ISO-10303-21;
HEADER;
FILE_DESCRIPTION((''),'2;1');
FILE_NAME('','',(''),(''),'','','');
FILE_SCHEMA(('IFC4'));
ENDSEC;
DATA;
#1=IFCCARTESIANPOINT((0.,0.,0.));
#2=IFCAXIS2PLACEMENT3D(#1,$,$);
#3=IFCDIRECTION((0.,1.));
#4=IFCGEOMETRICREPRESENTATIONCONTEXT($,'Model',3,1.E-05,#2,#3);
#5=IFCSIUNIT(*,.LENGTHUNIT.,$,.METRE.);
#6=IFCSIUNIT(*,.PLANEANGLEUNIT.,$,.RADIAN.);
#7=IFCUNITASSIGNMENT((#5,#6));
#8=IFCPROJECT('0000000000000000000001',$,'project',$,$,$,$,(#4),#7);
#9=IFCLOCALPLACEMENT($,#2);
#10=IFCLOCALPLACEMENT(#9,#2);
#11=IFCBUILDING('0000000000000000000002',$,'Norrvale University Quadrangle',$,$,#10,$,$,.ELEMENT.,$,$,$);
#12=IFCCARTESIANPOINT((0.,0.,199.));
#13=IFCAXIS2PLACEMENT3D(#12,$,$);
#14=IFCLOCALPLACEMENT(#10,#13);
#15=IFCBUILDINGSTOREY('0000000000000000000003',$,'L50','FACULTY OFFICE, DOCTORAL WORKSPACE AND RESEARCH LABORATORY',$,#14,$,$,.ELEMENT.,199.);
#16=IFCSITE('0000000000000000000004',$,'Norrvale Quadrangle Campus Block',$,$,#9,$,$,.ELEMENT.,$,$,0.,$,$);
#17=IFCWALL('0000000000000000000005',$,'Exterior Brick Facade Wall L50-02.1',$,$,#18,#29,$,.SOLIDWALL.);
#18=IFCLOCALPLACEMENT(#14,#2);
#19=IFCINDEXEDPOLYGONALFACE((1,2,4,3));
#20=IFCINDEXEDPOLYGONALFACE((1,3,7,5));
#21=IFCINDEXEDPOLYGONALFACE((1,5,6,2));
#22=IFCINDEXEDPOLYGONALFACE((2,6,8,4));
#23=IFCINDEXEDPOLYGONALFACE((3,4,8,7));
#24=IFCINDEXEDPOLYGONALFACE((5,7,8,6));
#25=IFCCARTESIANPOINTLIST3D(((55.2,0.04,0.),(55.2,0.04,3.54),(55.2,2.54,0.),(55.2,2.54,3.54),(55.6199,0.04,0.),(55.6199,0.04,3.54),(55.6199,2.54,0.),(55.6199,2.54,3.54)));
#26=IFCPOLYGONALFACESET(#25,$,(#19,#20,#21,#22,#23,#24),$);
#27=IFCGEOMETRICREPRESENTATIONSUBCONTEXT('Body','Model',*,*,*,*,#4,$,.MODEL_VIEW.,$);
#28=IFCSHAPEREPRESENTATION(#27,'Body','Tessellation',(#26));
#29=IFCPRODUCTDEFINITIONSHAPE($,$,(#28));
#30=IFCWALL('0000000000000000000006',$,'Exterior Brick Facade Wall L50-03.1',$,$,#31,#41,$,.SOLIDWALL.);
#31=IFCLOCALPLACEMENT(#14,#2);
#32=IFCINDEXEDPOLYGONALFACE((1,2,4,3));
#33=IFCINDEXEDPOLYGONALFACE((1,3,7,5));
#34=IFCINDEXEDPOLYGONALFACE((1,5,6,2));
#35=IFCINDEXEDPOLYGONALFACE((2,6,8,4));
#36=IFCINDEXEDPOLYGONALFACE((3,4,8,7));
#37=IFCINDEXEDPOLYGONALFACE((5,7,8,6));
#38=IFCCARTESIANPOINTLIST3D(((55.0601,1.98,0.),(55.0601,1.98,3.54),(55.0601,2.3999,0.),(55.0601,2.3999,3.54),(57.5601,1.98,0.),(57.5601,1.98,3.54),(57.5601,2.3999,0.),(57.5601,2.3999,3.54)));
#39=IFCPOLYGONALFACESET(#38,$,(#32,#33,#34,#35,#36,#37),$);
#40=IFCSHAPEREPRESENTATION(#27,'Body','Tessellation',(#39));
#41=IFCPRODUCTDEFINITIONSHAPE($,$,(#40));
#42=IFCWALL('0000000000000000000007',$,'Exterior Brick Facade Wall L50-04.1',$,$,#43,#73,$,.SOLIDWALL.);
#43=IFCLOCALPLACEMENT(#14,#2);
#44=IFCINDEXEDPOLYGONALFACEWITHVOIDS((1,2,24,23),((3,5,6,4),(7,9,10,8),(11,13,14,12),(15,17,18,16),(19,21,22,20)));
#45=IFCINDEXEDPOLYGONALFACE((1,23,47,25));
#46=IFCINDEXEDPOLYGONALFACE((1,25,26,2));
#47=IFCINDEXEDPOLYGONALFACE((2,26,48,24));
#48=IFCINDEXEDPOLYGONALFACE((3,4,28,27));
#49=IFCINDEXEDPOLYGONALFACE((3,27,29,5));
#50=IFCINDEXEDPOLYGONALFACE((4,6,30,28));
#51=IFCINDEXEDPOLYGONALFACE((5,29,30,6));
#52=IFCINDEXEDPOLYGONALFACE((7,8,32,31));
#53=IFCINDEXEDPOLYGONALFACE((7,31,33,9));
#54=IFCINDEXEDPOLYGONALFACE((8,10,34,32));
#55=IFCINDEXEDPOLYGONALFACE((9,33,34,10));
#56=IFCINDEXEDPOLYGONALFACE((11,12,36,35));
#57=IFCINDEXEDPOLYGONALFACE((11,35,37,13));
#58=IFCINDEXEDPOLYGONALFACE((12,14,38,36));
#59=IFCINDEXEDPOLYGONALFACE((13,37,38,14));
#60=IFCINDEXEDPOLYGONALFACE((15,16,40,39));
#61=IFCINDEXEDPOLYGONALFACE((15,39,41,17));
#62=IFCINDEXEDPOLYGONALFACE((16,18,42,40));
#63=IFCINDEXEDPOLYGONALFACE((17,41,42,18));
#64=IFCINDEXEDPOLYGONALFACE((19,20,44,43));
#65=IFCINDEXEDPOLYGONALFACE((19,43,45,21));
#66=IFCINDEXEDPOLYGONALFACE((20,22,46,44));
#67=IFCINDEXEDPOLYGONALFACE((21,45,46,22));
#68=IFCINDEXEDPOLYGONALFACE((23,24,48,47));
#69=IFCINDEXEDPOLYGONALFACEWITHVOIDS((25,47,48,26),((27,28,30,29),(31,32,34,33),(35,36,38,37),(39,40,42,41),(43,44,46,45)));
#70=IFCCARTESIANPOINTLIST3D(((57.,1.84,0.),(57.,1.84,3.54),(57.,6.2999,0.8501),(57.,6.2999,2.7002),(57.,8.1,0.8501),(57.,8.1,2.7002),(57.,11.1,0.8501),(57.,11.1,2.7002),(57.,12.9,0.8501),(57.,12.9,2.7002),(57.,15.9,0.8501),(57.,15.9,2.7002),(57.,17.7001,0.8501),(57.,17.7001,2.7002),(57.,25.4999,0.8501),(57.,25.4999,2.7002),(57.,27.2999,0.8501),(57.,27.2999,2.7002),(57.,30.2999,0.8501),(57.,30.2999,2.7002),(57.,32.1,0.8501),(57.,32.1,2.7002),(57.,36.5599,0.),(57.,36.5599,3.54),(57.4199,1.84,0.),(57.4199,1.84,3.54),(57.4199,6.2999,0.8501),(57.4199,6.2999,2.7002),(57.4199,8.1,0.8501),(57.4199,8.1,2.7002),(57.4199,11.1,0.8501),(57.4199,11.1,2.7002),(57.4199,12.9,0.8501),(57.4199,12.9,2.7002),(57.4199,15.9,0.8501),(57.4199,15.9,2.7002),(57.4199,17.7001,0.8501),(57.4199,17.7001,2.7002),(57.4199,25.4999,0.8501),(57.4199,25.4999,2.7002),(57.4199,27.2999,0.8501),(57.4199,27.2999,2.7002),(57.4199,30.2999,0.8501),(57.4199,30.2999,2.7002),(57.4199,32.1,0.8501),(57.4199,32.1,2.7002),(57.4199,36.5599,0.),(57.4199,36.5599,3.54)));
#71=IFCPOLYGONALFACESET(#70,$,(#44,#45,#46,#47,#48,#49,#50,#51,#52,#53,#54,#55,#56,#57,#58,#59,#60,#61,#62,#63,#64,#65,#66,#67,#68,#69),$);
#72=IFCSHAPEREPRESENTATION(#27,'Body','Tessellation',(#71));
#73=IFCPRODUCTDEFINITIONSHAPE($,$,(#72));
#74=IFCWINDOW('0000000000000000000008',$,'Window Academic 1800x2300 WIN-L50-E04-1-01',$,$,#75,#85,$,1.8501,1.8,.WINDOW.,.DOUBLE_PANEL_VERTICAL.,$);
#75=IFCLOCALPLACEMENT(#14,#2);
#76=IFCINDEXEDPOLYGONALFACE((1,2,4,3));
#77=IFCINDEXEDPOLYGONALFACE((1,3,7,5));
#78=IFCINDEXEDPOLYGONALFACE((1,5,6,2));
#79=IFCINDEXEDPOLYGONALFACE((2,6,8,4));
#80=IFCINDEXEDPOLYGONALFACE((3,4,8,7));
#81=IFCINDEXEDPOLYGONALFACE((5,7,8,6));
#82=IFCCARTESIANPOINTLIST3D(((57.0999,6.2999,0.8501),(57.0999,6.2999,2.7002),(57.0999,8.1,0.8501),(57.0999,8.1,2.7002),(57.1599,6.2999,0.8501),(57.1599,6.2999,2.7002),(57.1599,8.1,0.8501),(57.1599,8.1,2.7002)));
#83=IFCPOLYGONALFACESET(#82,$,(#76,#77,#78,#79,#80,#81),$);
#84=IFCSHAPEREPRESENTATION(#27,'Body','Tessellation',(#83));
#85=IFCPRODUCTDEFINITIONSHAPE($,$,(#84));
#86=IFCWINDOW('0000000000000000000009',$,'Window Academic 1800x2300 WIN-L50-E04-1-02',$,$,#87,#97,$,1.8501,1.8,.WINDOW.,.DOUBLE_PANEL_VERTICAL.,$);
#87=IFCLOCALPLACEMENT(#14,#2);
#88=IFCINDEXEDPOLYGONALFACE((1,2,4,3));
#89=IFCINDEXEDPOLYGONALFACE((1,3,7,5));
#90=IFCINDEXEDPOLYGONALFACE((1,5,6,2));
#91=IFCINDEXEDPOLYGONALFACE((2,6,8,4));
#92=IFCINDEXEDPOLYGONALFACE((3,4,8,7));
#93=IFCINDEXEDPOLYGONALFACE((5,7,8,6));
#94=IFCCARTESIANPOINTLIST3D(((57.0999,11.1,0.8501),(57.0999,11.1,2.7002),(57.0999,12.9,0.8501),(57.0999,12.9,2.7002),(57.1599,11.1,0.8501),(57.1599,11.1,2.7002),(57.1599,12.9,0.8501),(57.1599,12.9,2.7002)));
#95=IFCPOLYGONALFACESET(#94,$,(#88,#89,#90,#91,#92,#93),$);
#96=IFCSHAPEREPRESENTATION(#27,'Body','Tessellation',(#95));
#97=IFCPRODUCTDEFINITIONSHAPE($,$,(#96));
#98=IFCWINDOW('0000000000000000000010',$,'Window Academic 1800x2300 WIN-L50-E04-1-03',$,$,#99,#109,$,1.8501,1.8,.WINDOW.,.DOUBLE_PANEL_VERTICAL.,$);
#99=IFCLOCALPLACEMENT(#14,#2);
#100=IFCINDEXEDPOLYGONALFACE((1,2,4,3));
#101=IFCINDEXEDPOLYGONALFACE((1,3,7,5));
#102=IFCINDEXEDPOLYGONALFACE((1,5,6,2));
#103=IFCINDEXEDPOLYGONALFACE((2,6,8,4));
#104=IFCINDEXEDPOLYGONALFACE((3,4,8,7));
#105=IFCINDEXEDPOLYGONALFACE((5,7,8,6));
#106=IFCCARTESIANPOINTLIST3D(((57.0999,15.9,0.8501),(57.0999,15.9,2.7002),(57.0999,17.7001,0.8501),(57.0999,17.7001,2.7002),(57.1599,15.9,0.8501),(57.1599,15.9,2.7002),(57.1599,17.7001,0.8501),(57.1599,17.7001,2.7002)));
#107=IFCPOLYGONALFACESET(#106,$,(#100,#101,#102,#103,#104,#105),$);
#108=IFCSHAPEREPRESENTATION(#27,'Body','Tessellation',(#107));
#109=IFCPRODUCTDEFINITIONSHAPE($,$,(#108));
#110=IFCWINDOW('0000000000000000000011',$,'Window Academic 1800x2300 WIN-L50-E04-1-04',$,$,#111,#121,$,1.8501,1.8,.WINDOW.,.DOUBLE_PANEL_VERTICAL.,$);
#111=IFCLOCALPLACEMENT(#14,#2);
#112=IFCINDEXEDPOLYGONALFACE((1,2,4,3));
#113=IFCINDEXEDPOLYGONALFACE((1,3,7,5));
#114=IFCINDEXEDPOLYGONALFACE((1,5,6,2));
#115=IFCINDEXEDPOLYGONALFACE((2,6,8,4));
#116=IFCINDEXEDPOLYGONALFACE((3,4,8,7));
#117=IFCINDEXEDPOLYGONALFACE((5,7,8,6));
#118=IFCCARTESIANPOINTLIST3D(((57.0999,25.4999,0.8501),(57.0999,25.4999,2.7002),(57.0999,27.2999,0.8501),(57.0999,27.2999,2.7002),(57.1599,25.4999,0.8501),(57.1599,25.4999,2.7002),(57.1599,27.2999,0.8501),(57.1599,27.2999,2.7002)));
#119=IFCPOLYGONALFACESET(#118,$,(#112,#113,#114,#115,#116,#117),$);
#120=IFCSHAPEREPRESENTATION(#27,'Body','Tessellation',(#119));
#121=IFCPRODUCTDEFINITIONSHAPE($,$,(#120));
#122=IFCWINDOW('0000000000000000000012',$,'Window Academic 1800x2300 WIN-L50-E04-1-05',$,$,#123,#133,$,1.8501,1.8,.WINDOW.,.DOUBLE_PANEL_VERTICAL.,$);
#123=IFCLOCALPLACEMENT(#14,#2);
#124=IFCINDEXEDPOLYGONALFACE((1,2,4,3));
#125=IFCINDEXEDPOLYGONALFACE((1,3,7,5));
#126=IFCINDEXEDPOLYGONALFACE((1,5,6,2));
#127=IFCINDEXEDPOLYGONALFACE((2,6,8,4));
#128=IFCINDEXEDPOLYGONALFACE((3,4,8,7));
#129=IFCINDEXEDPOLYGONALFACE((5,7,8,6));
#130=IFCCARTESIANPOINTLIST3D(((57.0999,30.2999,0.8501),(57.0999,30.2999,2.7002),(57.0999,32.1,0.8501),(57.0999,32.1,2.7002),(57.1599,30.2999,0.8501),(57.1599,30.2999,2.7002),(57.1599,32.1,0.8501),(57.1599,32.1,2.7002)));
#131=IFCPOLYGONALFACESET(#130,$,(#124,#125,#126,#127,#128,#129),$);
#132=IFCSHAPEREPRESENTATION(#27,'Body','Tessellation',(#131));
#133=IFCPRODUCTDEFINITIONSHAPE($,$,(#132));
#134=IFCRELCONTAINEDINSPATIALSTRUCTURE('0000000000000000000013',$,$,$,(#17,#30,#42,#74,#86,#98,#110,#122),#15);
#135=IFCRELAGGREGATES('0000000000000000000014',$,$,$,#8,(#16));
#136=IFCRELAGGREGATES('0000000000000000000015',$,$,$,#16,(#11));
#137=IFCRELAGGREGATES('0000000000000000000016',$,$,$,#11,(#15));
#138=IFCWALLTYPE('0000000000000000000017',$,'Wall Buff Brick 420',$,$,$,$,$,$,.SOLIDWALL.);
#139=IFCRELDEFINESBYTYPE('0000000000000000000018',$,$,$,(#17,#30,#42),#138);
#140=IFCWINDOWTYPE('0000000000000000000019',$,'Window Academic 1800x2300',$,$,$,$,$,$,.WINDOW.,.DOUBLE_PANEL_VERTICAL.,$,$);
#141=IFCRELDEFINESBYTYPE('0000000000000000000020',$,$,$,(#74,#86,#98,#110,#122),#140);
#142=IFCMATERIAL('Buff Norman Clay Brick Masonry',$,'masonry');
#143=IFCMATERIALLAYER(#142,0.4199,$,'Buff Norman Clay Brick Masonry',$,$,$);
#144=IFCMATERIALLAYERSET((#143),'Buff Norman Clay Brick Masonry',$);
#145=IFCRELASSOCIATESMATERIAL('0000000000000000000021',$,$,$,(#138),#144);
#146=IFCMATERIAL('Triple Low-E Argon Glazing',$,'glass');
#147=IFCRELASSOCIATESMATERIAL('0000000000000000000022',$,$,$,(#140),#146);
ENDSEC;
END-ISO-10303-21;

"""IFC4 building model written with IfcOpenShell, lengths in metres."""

from ifc_helpers import new_model, si_unit, direction, frame, frame_2d, origin, place, context, subcontext, project, spatial, rectangle, extrude, material, layer, layer_set, type_object, element, fill, save


model = new_model("IFC4")

# Units and contexts
model_context = context("Model", 3, precision=1e-05, world=origin(), true_north=direction((0.0, 1.0)))
body_context = subcontext(model_context, "Body", "Model", "MODEL_VIEW")
ifc_project = project(units=[si_unit("LENGTHUNIT", "METRE"), si_unit("PLANEANGLEUNIT", "RADIAN")], contexts=[model_context])

# Site, building, storey
site_placement = place(None, origin())
site = spatial("IfcSite", under=ifc_project, at=site_placement, Name="Norrvale Quadrangle Campus Block", CompositionType="ELEMENT", RefElevation=0.0)
building_placement = place(site_placement, origin())
building = spatial("IfcBuilding", under=site, at=building_placement, Name="Norrvale University Quadrangle", CompositionType="ELEMENT")
storey_placement = place(building_placement, frame((0.0, 0.0, 199.0)))
storey = spatial("IfcBuildingStorey", under=building, at=storey_placement, Name="L50", Description="FACULTY OFFICE, DOCTORAL WORKSPACE AND RESEARCH LABORATORY", CompositionType="ELEMENT", Elevation=199.0)

# Walls
ifc_material_1 = material(Name="Buff Norman Clay Brick Masonry", Category="masonry")
ifc_layer = layer(ifc_material_1, 0.4199, Name="Buff Norman Clay Brick Masonry")
ifc_layer_set = layer_set([ifc_layer], Name="Buff Norman Clay Brick Masonry")
wall_type = type_object("IfcWallType", Name="Wall Buff Brick 420", PredefinedType="SOLIDWALL", material=ifc_layer_set)
for number, where, z_axis, x_axis, name in (
    (1, (55.4099, 0.04, 0.0), (0.0, 0.0, 1.0), (0.0, 1.0, 0.0), "Exterior Brick Facade Wall L50-02.1"),
    (2, (55.0601, 2.1899, 0.0), (0.0, 0.0, 1.0), (1.0, 0.0, 0.0), "Exterior Brick Facade Wall L50-03.1"),
):
    element("IfcWall", number, at=place(storey_placement, frame(where, z_axis=z_axis, x_axis=x_axis)), inside=storey, type_object=wall_type, Name=name, PredefinedType="SOLIDWALL", context=body_context, shape_type="SweptSolid", body=[
        extrude(rectangle(XDim=2.5, YDim=0.4199, at=frame_2d((1.25, 0.0))), origin(), (0.0, 0.0, 1.0), 3.54),
    ])

# Wall, openings, windows
wall_placement = place(storey_placement, frame((57.21, 1.8401, 0.0), z_axis=(0.0, 0.0, 1.0), x_axis=(0.0, 1.0, 0.0)))
wall = element("IfcWall", 3, at=wall_placement, inside=storey, type_object=wall_type, Name="Exterior Brick Facade Wall L50-04.1", PredefinedType="SOLIDWALL", context=body_context, shape_type="SweptSolid", body=[
    extrude(rectangle(XDim=34.72, YDim=0.4199, at=frame_2d((17.3599, 0.0))), origin(), (0.0, 0.0, 1.0), 3.54),
])
opening_1_placement = place(wall_placement, frame((4.46, 0.0, 0.8501)))
opening_1 = element("IfcOpeningElement", 4, at=opening_1_placement, cuts=wall, PredefinedType="OPENING", context=body_context, shape_type="SweptSolid", body=[
    extrude(rectangle(XDim=1.8, YDim=1.8501, at=frame_2d((0.8999, 0.925))), frame((0.0, 0.2219, 0.0), z_axis=(0.0, -1.0, 0.0), x_axis=(1.0, 0.0, 0.0)), (0.0, 0.0, 1.0), 0.4438),
])
opening_2_placement = place(wall_placement, frame((9.26, 0.0, 0.8501)))
opening_2 = element("IfcOpeningElement", 5, at=opening_2_placement, cuts=wall, PredefinedType="OPENING", context=body_context, shape_type="SweptSolid", body=[
    extrude(rectangle(XDim=1.8, YDim=1.8501, at=frame_2d((0.8999, 0.925))), frame((0.0, 0.2219, 0.0), z_axis=(0.0, -1.0, 0.0), x_axis=(1.0, 0.0, 0.0)), (0.0, 0.0, 1.0), 0.4438),
])
opening_3_placement = place(wall_placement, frame((14.0601, 0.0, 0.8501)))
opening_3 = element("IfcOpeningElement", 6, at=opening_3_placement, cuts=wall, PredefinedType="OPENING", context=body_context, shape_type="SweptSolid", body=[
    extrude(rectangle(XDim=1.8, YDim=1.8501, at=frame_2d((0.8999, 0.925))), frame((0.0, 0.2219, 0.0), z_axis=(0.0, -1.0, 0.0), x_axis=(1.0, 0.0, 0.0)), (0.0, 0.0, 1.0), 0.4438),
])
opening_4_placement = place(wall_placement, frame((23.6599, 0.0, 0.8501)))
opening_4 = element("IfcOpeningElement", 7, at=opening_4_placement, cuts=wall, PredefinedType="OPENING", context=body_context, shape_type="SweptSolid", body=[
    extrude(rectangle(XDim=1.8, YDim=1.8501, at=frame_2d((0.8999, 0.925))), frame((0.0, 0.2219, 0.0), z_axis=(0.0, -1.0, 0.0), x_axis=(1.0, 0.0, 0.0)), (0.0, 0.0, 1.0), 0.4438),
])
opening_5_placement = place(wall_placement, frame((28.46, 0.0, 0.8501)))
opening_5 = element("IfcOpeningElement", 8, at=opening_5_placement, cuts=wall, PredefinedType="OPENING", context=body_context, shape_type="SweptSolid", body=[
    extrude(rectangle(XDim=1.8, YDim=1.8501, at=frame_2d((0.8999, 0.925))), frame((0.0, 0.2219, 0.0), z_axis=(0.0, -1.0, 0.0), x_axis=(1.0, 0.0, 0.0)), (0.0, 0.0, 1.0), 0.4438),
])
ifc_material_2 = material(Name="Triple Low-E Argon Glazing", Category="glass")
window_type = type_object("IfcWindowType", Name="Window Academic 1800x2300", PartitioningType="DOUBLE_PANEL_VERTICAL", PredefinedType="WINDOW", material=ifc_material_2)
window_1_placement = place(opening_1_placement, origin())
window_1 = element("IfcWindow", 9, at=window_1_placement, inside=storey, type_object=window_type, Name="Window Academic 1800x2300 WIN-L50-E04-1-01", OverallHeight=1.8501, OverallWidth=1.8, PartitioningType="DOUBLE_PANEL_VERTICAL", PredefinedType="WINDOW", context=body_context, shape_type="SweptSolid", body=[
    extrude(rectangle(XDim=1.8, YDim=1.8501, at=frame_2d((0.8999, 0.925))), frame((0.0, 0.1101, 0.0), z_axis=(0.0, -1.0, 0.0), x_axis=(1.0, 0.0, 0.0)), (0.0, 0.0, 1.0), 0.0601),
])
fill(opening_1, window_1)
window_2_placement = place(opening_2_placement, origin())
window_2 = element("IfcWindow", 10, at=window_2_placement, inside=storey, type_object=window_type, Name="Window Academic 1800x2300 WIN-L50-E04-1-02", OverallHeight=1.8501, OverallWidth=1.8, PartitioningType="DOUBLE_PANEL_VERTICAL", PredefinedType="WINDOW", context=body_context, shape_type="SweptSolid", body=[
    extrude(rectangle(XDim=1.8, YDim=1.8501, at=frame_2d((0.8999, 0.925))), frame((0.0, 0.1101, 0.0), z_axis=(0.0, -1.0, 0.0), x_axis=(1.0, 0.0, 0.0)), (0.0, 0.0, 1.0), 0.0601),
])
fill(opening_2, window_2)
window_3_placement = place(opening_3_placement, origin())
window_3 = element("IfcWindow", 11, at=window_3_placement, inside=storey, type_object=window_type, Name="Window Academic 1800x2300 WIN-L50-E04-1-03", OverallHeight=1.8501, OverallWidth=1.8, PartitioningType="DOUBLE_PANEL_VERTICAL", PredefinedType="WINDOW", context=body_context, shape_type="SweptSolid", body=[
    extrude(rectangle(XDim=1.8, YDim=1.8501, at=frame_2d((0.8999, 0.925))), frame((0.0, 0.1101, 0.0), z_axis=(0.0, -1.0, 0.0), x_axis=(1.0, 0.0, 0.0)), (0.0, 0.0, 1.0), 0.0601),
])
fill(opening_3, window_3)
window_4_placement = place(opening_4_placement, origin())
window_4 = element("IfcWindow", 12, at=window_4_placement, inside=storey, type_object=window_type, Name="Window Academic 1800x2300 WIN-L50-E04-1-04", OverallHeight=1.8501, OverallWidth=1.8, PartitioningType="DOUBLE_PANEL_VERTICAL", PredefinedType="WINDOW", context=body_context, shape_type="SweptSolid", body=[
    extrude(rectangle(XDim=1.8, YDim=1.8501, at=frame_2d((0.8999, 0.925))), frame((0.0, 0.1101, 0.0), z_axis=(0.0, -1.0, 0.0), x_axis=(1.0, 0.0, 0.0)), (0.0, 0.0, 1.0), 0.0601),
])
fill(opening_4, window_4)
window_5_placement = place(opening_5_placement, origin())
window_5 = element("IfcWindow", 13, at=window_5_placement, inside=storey, type_object=window_type, Name="Window Academic 1800x2300 WIN-L50-E04-1-05", OverallHeight=1.8501, OverallWidth=1.8, PartitioningType="DOUBLE_PANEL_VERTICAL", PredefinedType="WINDOW", context=body_context, shape_type="SweptSolid", body=[
    extrude(rectangle(XDim=1.8, YDim=1.8501, at=frame_2d((0.8999, 0.925))), frame((0.0, 0.1101, 0.0), z_axis=(0.0, -1.0, 0.0), x_axis=(1.0, 0.0, 0.0)), (0.0, 0.0, 1.0), 0.0601),
])
fill(opening_5, window_5)

save(model, "model.ifc")
